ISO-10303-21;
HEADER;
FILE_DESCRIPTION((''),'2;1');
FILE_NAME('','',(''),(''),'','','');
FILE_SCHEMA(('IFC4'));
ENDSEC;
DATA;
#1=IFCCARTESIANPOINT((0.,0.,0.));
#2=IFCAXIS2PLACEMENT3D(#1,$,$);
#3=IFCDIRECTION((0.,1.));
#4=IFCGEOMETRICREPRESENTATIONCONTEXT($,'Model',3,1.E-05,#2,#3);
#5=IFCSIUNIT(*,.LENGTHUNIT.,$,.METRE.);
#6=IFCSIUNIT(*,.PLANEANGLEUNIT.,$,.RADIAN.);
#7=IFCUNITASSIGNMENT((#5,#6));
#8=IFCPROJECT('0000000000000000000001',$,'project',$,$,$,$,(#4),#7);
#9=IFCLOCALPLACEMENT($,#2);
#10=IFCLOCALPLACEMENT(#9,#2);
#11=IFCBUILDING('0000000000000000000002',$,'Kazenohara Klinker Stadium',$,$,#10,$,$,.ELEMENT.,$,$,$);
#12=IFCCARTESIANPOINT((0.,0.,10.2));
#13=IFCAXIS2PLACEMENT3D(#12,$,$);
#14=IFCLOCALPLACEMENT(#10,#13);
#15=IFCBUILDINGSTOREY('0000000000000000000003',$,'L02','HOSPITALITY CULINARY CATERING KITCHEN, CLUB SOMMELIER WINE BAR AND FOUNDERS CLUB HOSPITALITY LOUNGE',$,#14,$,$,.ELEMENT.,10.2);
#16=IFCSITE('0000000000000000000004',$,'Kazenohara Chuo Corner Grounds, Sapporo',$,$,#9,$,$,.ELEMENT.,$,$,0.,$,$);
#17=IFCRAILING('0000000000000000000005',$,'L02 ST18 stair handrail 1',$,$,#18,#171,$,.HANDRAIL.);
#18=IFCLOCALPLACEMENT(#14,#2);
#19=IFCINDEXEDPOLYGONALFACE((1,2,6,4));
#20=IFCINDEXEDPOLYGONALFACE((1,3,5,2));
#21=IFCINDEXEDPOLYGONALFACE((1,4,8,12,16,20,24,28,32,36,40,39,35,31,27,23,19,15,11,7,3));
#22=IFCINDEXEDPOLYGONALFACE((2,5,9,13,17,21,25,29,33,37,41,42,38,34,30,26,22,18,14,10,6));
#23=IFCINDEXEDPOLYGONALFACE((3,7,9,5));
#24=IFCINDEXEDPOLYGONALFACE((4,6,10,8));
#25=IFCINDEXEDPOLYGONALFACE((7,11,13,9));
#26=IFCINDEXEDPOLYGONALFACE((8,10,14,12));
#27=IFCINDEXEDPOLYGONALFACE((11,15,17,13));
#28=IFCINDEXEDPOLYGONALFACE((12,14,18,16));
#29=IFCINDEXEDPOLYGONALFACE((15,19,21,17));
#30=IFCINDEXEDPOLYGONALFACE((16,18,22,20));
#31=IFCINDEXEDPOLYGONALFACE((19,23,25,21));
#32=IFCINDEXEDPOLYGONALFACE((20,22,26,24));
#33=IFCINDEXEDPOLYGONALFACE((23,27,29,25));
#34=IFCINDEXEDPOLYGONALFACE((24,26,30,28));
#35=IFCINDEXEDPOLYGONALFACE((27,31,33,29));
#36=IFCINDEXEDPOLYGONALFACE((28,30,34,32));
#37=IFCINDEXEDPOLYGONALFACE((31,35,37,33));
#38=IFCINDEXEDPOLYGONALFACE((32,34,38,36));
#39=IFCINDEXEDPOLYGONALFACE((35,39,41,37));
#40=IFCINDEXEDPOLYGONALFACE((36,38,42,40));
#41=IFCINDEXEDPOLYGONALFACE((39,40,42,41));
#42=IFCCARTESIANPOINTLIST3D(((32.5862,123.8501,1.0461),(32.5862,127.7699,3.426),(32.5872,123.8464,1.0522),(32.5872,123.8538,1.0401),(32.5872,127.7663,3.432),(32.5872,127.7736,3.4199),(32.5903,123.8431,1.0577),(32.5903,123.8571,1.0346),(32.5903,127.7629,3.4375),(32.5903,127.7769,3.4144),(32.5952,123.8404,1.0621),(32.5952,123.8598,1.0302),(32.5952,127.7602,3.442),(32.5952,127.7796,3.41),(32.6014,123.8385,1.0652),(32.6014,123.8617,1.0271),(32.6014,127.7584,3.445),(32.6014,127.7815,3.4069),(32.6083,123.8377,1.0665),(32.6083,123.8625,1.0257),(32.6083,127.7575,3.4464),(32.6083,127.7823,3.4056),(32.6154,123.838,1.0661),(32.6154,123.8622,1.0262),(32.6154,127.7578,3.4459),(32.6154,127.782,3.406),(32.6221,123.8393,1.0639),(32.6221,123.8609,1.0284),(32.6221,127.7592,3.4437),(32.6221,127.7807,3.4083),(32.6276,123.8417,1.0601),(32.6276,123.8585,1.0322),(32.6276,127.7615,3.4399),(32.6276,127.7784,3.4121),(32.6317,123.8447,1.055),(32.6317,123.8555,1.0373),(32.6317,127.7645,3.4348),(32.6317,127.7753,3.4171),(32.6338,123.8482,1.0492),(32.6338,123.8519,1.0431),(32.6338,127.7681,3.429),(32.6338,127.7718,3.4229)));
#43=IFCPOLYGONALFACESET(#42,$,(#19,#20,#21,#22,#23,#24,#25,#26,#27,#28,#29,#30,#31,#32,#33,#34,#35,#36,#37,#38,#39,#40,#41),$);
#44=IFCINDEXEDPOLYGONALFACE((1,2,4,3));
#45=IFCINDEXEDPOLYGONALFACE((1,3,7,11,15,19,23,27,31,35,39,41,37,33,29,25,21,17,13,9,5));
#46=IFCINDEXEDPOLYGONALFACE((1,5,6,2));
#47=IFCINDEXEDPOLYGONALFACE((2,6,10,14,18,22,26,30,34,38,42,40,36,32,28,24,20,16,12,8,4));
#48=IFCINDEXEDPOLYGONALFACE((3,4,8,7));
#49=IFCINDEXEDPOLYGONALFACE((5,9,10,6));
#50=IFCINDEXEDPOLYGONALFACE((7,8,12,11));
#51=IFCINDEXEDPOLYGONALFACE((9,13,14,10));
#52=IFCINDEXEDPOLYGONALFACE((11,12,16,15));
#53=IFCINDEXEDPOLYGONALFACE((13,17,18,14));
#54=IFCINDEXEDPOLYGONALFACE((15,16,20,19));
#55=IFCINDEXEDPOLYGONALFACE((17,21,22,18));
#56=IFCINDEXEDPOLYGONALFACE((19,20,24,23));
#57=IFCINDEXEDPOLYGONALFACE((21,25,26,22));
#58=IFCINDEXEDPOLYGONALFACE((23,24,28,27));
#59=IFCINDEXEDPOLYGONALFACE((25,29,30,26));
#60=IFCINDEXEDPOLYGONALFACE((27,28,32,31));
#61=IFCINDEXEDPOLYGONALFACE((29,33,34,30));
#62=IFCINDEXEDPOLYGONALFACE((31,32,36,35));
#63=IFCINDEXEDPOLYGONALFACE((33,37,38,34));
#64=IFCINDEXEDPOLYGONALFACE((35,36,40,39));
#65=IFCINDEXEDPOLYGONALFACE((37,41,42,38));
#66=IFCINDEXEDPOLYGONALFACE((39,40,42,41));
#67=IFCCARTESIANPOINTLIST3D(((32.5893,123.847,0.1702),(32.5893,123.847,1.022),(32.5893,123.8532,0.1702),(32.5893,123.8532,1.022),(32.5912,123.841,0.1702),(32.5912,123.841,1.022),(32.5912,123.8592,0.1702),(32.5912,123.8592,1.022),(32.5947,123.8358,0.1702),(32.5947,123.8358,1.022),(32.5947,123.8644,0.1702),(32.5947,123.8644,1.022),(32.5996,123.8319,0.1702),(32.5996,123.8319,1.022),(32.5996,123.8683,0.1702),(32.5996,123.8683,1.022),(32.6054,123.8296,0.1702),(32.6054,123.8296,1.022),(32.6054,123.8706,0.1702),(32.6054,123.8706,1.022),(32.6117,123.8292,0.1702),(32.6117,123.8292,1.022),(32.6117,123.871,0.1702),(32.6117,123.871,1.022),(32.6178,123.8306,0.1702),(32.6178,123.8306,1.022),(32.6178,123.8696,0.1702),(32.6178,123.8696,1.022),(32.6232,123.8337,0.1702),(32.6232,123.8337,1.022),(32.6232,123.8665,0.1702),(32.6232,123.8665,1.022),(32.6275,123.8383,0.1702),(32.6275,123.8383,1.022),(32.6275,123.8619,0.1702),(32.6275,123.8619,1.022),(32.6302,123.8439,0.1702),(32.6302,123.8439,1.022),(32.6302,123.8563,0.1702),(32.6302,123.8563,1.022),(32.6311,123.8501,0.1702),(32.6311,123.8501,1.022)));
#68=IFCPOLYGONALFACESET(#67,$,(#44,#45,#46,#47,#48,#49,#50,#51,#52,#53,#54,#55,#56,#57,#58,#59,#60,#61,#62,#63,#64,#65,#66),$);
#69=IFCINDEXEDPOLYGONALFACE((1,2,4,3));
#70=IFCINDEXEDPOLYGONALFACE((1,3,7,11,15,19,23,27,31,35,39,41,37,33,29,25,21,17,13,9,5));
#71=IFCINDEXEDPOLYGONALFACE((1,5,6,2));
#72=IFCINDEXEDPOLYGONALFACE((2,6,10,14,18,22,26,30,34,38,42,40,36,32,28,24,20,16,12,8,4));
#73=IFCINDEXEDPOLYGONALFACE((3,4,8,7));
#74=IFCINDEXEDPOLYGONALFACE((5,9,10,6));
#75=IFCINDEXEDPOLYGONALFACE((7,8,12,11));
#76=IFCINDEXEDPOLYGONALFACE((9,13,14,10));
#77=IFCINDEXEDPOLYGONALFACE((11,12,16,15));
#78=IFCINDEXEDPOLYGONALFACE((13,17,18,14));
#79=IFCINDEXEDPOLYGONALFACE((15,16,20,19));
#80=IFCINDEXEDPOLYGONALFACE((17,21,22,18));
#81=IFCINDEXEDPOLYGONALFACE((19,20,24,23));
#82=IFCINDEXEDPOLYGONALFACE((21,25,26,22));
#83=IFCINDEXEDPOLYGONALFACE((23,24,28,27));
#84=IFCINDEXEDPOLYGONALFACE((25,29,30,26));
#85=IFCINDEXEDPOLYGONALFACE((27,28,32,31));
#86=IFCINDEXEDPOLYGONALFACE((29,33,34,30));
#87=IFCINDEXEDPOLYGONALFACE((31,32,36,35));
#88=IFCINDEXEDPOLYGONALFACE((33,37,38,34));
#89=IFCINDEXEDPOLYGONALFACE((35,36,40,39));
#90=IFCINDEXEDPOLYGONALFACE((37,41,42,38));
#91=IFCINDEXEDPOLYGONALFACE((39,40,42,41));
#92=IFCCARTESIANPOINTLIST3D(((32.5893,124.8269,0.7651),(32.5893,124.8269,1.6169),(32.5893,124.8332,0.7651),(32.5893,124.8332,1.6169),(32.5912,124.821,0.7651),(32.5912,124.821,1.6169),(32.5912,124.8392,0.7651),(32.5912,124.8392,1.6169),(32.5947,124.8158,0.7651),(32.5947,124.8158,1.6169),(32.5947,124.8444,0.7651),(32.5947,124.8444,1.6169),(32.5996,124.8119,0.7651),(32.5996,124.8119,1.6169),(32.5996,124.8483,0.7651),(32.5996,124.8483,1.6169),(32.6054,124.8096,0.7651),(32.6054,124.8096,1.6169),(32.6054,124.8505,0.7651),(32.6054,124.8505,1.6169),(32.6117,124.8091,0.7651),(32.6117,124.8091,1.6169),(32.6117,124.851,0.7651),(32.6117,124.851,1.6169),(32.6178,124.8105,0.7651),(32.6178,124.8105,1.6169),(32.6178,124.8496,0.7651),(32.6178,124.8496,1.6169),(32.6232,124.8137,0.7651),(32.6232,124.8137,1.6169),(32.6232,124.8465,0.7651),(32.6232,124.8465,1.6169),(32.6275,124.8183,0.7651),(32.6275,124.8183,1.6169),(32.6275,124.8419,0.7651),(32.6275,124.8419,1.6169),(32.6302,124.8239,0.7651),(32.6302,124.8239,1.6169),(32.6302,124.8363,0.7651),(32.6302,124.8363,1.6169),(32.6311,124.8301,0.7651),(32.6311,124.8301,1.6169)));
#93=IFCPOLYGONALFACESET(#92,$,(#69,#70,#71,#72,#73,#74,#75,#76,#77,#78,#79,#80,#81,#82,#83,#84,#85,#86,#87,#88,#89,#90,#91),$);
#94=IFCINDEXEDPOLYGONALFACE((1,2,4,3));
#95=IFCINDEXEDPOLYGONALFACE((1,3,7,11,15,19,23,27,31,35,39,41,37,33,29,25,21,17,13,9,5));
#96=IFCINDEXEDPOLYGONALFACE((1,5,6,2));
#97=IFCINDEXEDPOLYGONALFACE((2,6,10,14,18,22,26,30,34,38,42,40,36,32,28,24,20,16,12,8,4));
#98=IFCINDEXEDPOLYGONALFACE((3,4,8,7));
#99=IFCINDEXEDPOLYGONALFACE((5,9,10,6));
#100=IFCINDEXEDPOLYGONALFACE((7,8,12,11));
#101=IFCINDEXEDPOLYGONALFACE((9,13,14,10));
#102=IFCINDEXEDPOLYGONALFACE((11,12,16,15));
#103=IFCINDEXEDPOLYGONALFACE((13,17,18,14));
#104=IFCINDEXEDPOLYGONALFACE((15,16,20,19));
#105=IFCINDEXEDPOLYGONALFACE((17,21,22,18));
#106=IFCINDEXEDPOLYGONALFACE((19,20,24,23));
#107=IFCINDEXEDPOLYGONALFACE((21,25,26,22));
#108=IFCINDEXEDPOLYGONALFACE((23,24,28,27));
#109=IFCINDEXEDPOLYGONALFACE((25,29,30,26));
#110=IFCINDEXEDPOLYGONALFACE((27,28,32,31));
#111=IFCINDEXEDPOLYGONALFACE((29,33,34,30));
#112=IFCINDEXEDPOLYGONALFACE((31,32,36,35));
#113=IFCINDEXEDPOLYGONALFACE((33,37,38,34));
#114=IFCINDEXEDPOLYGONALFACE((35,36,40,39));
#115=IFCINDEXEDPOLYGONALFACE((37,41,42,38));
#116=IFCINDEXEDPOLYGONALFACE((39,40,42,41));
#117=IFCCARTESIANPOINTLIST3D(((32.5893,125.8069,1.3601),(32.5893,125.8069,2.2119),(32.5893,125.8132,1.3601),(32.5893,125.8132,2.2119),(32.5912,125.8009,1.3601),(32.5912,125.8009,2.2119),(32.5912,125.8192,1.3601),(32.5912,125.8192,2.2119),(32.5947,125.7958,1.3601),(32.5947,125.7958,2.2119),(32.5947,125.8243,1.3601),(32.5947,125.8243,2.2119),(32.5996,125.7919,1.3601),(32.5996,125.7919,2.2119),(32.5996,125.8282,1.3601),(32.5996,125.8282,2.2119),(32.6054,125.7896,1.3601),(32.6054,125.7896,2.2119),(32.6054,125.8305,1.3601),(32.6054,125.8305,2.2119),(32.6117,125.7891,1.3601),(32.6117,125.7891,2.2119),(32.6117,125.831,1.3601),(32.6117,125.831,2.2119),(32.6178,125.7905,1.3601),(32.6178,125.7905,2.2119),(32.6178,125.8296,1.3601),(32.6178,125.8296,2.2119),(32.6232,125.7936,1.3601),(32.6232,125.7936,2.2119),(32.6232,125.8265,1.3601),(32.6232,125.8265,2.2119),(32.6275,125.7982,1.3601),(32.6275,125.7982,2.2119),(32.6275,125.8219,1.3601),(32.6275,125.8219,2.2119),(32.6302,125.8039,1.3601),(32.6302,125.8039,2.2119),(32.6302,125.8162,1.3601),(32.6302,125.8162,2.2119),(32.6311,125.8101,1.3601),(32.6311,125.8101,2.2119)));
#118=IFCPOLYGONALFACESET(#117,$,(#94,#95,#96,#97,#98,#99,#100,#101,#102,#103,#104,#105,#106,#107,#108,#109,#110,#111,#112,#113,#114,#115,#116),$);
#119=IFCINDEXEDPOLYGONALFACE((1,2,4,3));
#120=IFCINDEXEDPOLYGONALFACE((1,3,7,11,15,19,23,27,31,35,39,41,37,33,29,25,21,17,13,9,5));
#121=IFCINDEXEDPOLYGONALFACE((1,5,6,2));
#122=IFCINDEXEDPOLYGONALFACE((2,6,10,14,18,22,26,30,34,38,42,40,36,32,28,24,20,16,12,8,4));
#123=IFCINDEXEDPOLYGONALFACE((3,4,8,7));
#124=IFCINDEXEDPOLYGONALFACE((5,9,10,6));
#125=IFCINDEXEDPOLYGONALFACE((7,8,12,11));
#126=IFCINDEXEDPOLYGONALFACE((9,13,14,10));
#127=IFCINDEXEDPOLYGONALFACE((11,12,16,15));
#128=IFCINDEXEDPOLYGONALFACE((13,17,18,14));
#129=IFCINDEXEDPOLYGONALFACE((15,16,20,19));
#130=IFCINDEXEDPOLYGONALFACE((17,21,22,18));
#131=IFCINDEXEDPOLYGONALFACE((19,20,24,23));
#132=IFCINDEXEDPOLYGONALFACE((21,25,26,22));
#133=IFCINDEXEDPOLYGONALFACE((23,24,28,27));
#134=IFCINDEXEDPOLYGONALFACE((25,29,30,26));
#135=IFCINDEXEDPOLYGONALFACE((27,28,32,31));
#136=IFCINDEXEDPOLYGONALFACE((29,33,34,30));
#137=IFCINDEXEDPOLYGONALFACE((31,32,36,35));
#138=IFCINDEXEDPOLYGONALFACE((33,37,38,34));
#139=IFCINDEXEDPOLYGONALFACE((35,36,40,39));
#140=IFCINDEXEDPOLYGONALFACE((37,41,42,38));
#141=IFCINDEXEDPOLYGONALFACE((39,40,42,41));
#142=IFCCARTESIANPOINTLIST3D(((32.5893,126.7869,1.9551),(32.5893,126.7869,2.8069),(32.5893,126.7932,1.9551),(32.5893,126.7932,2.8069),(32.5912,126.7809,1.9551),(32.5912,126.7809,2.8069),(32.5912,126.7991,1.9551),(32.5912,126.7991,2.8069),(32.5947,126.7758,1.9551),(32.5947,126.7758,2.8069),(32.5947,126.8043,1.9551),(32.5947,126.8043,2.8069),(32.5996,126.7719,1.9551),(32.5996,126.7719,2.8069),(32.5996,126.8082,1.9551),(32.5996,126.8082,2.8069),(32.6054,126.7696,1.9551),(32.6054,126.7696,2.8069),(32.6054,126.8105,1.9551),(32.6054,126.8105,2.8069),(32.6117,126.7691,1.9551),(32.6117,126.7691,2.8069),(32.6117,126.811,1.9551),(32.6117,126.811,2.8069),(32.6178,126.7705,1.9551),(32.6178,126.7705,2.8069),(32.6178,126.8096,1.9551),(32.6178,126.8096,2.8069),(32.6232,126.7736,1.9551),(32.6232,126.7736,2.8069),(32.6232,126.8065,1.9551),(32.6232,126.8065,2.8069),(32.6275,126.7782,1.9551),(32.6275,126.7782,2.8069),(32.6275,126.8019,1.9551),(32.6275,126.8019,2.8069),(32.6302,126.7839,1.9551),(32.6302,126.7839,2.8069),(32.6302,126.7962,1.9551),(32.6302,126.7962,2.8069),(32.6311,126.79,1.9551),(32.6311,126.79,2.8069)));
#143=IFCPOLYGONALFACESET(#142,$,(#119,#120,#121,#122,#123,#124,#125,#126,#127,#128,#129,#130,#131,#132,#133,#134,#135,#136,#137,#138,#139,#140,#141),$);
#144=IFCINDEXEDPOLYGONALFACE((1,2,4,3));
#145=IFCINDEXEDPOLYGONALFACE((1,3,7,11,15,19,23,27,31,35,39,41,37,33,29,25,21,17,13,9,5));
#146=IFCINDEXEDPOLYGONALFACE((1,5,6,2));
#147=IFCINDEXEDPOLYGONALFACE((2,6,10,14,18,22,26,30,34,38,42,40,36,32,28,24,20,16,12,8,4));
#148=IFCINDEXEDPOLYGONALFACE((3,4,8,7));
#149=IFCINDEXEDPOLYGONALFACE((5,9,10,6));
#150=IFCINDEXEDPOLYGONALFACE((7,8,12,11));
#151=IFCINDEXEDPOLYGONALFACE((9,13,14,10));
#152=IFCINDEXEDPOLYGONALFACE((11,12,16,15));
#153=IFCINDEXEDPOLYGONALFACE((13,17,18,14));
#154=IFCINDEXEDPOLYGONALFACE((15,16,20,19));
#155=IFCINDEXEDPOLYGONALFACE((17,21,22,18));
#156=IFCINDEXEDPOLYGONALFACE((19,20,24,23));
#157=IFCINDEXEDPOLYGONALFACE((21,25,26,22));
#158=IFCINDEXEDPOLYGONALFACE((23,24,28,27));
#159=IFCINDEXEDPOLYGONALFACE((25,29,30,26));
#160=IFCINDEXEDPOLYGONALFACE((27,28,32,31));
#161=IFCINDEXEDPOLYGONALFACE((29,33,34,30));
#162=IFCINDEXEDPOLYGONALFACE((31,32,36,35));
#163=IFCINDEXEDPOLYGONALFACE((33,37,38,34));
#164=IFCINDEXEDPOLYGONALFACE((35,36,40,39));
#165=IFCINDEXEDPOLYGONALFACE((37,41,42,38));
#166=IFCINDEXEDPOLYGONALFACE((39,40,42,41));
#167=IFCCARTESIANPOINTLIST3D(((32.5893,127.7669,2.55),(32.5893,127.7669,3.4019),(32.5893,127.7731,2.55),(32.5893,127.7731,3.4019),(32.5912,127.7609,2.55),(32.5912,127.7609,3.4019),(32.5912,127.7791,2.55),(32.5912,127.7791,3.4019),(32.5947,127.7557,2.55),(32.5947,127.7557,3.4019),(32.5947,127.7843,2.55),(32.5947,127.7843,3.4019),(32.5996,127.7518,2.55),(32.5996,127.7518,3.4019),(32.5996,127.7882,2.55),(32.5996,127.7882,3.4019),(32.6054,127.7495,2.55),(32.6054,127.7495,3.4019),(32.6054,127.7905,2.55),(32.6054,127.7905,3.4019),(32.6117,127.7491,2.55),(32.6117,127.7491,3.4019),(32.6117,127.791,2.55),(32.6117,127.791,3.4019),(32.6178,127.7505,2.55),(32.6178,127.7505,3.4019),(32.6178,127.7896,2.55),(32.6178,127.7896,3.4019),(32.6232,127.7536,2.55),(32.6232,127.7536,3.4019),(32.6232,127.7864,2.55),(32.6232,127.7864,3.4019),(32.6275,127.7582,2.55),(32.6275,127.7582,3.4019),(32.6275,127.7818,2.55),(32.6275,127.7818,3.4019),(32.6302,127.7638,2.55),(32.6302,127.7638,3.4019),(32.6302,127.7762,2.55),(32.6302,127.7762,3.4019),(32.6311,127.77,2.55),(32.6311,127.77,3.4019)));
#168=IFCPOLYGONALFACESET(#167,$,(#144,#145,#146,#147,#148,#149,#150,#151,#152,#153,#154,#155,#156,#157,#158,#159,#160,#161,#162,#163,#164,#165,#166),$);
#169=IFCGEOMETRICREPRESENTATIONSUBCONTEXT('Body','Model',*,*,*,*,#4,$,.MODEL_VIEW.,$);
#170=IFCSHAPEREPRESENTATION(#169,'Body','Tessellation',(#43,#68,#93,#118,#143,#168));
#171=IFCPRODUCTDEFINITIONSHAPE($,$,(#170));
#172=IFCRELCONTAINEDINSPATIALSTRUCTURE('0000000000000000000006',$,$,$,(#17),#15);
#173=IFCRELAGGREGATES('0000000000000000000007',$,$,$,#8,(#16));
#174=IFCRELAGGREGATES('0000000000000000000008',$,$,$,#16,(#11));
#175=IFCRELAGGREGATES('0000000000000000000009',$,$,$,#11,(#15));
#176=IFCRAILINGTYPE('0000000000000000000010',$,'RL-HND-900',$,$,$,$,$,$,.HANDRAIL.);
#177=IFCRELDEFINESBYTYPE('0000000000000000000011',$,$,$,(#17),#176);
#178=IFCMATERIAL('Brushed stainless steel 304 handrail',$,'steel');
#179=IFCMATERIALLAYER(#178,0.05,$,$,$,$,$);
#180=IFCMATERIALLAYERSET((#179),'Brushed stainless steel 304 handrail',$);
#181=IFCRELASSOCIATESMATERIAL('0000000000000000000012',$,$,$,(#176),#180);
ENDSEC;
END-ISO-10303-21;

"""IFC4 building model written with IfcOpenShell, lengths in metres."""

from ifc_helpers import new_model, si_unit, direction, frame, origin, origin_2d, place, context, subcontext, project, spatial, circle, extrude, material, layer, layer_set, type_object, element, save


model = new_model("IFC4")

# Units and contexts
model_context = context("Model", 3, precision=1e-05, world=origin(), true_north=direction((0.0, 1.0)))
body_context = subcontext(model_context, "Body", "Model", "MODEL_VIEW")
ifc_project = project(units=[si_unit("LENGTHUNIT", "METRE"), si_unit("PLANEANGLEUNIT", "RADIAN")], contexts=[model_context])

# Site, building, storey
site_placement = place(None, origin())
site = spatial("IfcSite", under=ifc_project, at=site_placement, Name="Kazenohara Chuo Corner Grounds, Sapporo", CompositionType="ELEMENT", RefElevation=0.0)
building_placement = place(site_placement, origin())
building = spatial("IfcBuilding", under=site, at=building_placement, Name="Kazenohara Klinker Stadium", CompositionType="ELEMENT")
storey_placement = place(building_placement, frame((0.0, 0.0, 10.2)))
storey = spatial("IfcBuildingStorey", under=building, at=storey_placement, Name="L02", Description="HOSPITALITY CULINARY CATERING KITCHEN, CLUB SOMMELIER WINE BAR AND FOUNDERS CLUB HOSPITALITY LOUNGE", CompositionType="ELEMENT", Elevation=10.2)

# Railing
ifc_material_1 = material(Name="Brushed stainless steel 304 handrail", Category="steel")
ifc_layer_1 = layer(ifc_material_1, 0.05)
ifc_layer_set_1 = layer_set([ifc_layer_1], Name="Brushed stainless steel 304 handrail")
railing_type_1 = type_object("IfcRailingType", Name="RL-HND-900", PredefinedType="HANDRAIL", material=ifc_layer_set_1)
railing_1_placement = place(storey_placement, frame((32.6101, 123.8501, 0.1702)))
element("IfcRailing", 1, at=railing_1_placement, inside=storey, type_object=railing_type_1, Name="L02 ST18 stair handrail 1", PredefinedType="HANDRAIL", context=body_context, shape_type="SweptSolid", body=[
    extrude(circle(Radius=0.0239, at=origin_2d()), frame((0.0, 0.0, 0.876), z_axis=(0.0, 0.854794, 0.518967), x_axis=(-1.0, 0.0, 0.0)), (0.0, 0.0, 1.0), 4.5857),
    extrude(circle(Radius=0.021, at=origin_2d()), origin(), (0.0, 0.0, 1.0), 0.8518),
    extrude(circle(Radius=0.021, at=origin_2d()), frame((0.0, 0.98, 0.595)), (0.0, 0.0, 1.0), 0.8518),
    extrude(circle(Radius=0.021, at=origin_2d()), frame((0.0, 1.96, 1.1899)), (0.0, 0.0, 1.0), 0.8518),
    extrude(circle(Radius=0.021, at=origin_2d()), frame((0.0, 2.9399, 1.7849)), (0.0, 0.0, 1.0), 0.8518),
    extrude(circle(Radius=0.021, at=origin_2d()), frame((0.0, 3.9199, 2.3799)), (0.0, 0.0, 1.0), 0.8518),
])

save(model, "model.ifc")
